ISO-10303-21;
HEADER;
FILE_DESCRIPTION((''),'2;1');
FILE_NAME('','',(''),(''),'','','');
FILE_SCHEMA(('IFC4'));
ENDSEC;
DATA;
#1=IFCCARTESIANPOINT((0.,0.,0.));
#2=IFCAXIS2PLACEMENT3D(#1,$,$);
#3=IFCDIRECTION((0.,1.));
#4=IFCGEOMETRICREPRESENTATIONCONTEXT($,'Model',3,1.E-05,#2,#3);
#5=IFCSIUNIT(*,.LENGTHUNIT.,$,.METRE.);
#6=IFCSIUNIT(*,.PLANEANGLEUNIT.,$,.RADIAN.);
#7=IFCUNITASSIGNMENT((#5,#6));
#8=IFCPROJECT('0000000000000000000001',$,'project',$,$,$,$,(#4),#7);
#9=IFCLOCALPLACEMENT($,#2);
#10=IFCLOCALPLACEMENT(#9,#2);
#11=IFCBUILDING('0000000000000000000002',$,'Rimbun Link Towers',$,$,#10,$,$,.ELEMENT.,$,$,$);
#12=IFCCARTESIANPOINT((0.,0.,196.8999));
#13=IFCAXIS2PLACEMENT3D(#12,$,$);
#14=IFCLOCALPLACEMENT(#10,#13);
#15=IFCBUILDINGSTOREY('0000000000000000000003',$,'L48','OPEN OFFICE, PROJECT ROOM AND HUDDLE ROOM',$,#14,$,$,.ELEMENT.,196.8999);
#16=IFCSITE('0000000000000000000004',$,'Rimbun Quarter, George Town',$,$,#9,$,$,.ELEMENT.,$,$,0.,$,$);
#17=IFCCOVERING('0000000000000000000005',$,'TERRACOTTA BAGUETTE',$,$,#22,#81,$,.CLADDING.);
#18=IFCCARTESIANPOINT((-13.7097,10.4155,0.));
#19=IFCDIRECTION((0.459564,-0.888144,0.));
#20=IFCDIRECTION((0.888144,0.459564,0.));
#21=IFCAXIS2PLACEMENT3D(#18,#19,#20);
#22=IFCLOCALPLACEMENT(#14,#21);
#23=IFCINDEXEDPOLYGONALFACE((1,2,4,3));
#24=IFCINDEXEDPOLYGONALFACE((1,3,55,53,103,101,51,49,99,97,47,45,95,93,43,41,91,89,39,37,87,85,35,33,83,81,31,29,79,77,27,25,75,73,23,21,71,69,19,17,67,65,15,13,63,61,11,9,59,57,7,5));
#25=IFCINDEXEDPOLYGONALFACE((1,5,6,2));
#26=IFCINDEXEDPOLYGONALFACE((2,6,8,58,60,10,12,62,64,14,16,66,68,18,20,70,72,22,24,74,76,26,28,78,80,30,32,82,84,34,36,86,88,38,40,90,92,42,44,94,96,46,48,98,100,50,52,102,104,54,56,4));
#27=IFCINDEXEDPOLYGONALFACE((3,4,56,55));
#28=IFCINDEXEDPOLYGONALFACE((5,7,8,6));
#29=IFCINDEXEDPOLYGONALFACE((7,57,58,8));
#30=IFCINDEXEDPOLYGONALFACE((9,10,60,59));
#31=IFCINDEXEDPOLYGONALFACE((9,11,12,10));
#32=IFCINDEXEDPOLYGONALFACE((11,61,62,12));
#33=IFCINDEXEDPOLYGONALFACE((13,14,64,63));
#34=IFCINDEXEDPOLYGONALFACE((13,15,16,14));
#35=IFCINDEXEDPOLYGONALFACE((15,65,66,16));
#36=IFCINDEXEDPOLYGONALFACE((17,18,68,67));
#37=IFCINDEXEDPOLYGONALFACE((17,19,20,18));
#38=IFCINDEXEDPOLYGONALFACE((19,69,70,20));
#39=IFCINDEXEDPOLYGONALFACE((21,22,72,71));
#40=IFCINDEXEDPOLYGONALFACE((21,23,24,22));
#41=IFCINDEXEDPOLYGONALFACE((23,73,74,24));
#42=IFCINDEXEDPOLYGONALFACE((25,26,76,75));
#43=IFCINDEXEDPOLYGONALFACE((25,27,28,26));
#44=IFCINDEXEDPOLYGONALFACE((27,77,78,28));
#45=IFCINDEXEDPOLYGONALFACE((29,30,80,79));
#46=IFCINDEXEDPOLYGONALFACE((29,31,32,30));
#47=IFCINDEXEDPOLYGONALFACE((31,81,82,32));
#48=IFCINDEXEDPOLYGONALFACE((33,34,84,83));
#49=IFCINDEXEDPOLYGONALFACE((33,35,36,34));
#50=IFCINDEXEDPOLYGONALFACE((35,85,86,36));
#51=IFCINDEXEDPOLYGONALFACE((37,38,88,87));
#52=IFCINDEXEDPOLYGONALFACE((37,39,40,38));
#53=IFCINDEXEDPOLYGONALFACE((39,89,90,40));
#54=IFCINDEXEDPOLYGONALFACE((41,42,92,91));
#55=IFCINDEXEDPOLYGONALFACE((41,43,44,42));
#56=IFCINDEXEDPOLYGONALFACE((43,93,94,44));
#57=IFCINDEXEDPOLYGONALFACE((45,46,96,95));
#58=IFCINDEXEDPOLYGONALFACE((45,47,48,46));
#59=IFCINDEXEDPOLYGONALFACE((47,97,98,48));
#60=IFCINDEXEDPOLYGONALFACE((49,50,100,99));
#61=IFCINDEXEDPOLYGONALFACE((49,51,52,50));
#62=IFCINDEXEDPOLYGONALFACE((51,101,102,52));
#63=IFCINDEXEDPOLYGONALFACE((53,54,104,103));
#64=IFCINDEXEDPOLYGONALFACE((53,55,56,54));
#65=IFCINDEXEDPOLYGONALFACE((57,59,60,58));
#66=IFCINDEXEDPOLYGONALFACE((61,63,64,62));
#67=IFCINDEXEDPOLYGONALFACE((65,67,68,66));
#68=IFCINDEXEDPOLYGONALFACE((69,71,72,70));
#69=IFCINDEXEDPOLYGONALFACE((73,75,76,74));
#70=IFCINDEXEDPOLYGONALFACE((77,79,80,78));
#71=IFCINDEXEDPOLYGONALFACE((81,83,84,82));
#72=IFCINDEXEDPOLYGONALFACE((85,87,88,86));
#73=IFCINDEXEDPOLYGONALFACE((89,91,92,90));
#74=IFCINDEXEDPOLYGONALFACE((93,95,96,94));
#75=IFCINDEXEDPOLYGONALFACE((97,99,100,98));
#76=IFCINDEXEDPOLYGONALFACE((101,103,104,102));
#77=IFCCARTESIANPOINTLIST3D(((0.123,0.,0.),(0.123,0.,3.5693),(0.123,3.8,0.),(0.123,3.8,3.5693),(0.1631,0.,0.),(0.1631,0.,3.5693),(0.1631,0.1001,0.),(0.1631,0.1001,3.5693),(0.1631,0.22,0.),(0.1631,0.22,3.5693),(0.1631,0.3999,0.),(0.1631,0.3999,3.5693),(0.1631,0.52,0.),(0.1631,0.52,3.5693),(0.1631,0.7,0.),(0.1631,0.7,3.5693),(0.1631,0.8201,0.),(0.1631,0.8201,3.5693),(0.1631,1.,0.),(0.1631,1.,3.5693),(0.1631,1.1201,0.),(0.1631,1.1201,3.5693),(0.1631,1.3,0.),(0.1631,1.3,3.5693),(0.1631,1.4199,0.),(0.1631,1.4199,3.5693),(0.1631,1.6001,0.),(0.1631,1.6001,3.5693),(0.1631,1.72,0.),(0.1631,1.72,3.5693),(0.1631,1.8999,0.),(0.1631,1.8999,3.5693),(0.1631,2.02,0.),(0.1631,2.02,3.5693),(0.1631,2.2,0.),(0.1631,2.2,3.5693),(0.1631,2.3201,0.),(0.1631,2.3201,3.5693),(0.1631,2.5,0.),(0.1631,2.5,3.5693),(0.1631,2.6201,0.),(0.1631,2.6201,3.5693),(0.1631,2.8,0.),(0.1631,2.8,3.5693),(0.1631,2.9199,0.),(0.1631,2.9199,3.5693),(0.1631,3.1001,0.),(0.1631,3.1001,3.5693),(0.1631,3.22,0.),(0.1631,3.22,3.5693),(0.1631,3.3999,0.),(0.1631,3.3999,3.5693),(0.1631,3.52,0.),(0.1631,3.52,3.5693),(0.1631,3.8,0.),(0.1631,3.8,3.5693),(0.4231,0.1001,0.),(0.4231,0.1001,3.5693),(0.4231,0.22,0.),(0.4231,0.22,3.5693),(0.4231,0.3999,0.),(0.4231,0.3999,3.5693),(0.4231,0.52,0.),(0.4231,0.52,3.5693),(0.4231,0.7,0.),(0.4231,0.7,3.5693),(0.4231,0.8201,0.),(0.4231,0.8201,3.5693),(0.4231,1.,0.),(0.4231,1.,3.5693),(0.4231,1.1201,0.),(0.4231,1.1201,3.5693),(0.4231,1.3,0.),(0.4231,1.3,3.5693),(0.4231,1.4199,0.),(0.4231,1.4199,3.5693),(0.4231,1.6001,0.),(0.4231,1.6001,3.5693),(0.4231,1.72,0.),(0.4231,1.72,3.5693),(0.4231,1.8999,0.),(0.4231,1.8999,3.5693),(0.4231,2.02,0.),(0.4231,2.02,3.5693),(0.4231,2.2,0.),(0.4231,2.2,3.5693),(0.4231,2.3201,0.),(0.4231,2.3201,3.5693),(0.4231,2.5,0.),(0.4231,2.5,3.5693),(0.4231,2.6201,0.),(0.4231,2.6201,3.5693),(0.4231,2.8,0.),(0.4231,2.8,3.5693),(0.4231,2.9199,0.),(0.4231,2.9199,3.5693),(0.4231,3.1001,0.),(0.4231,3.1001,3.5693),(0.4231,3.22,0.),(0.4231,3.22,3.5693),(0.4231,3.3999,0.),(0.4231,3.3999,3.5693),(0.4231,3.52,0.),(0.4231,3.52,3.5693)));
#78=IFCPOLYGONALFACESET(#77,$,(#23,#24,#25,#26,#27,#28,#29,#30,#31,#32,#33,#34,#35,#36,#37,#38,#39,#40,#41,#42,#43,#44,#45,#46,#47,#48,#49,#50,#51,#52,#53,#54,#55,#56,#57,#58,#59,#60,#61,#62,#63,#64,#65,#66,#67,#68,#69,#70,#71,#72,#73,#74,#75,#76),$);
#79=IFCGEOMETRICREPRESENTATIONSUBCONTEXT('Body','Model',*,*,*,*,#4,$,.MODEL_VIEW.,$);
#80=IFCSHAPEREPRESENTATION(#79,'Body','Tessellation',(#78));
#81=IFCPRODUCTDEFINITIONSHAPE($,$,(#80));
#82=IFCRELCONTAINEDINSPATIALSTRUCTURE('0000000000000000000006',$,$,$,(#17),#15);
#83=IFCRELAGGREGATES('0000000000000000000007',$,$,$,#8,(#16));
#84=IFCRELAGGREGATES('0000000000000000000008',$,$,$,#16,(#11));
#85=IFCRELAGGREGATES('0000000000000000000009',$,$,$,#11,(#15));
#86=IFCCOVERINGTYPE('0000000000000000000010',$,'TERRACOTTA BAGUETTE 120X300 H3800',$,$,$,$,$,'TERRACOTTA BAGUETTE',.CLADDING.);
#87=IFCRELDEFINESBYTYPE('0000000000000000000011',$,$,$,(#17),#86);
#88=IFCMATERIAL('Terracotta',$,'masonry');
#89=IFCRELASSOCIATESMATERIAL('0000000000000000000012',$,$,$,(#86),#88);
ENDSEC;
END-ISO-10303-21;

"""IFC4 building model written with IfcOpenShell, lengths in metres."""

from ifc_helpers import new_model, si_unit, direction, frame, origin, place, context, subcontext, project, spatial, polyline, outline, extrude, material, material_profile, profile_set, type_object, element, save


model = new_model("IFC4")

# Units and contexts
model_context = context("Model", 3, precision=1e-05, world=origin(), true_north=direction((0.0, 1.0)))
body_context = subcontext(model_context, "Body", "Model", "MODEL_VIEW")
ifc_project = project(units=[si_unit("LENGTHUNIT", "METRE"), si_unit("PLANEANGLEUNIT", "RADIAN")], contexts=[model_context])

# Site, building, storey
site_placement = place(None, origin())
site = spatial("IfcSite", under=ifc_project, at=site_placement, Name="Rimbun Quarter, George Town", CompositionType="ELEMENT", RefElevation=0.0)
building_placement = place(site_placement, origin())
building = spatial("IfcBuilding", under=site, at=building_placement, Name="Rimbun Link Towers", CompositionType="ELEMENT")
storey_placement = place(building_placement, frame((0.0, 0.0, 196.8999)))
storey = spatial("IfcBuildingStorey", under=building, at=storey_placement, Name="L48", Description="OPEN OFFICE, PROJECT ROOM AND HUDDLE ROOM", CompositionType="ELEMENT", Elevation=196.8999)

# Covering
ifc_material_1 = material(Name="Terracotta", Category="masonry")
ifc_material_profile_1 = material_profile(ifc_material_1, outline(polyline([(0.123, 0.0), (0.1631, 0.0), (0.1631, 0.1001), (0.4231, 0.1001), (0.4231, 0.22), (0.1631, 0.22), (0.1631, 0.3999), (0.4231, 0.3999), (0.4231, 0.52), (0.1631, 0.52), (0.1631, 0.7), (0.4231, 0.7), (0.4231, 0.8201), (0.1631, 0.8201), (0.1631, 1.0), (0.4231, 1.0), (0.4231, 1.1201), (0.1631, 1.1201), (0.1631, 1.3), (0.4231, 1.3), (0.4231, 1.4199), (0.1631, 1.4199), (0.1631, 1.6001), (0.4231, 1.6001), (0.4231, 1.72), (0.1631, 1.72), (0.1631, 1.8999), (0.4231, 1.8999), (0.4231, 2.02), (0.1631, 2.02), (0.1631, 2.2), (0.4231, 2.2), (0.4231, 2.3201), (0.1631, 2.3201), (0.1631, 2.5), (0.4231, 2.5), (0.4231, 2.6201), (0.1631, 2.6201), (0.1631, 2.8), (0.4231, 2.8), (0.4231, 2.9199), (0.1631, 2.9199), (0.1631, 3.1001), (0.4231, 3.1001), (0.4231, 3.22), (0.1631, 3.22), (0.1631, 3.3999), (0.4231, 3.3999), (0.4231, 3.52), (0.1631, 3.52), (0.1631, 3.8), (0.123, 3.8), (0.123, 0.0)])), Name="BAGUETTE 120X300")
ifc_profile_set_1 = profile_set([ifc_material_profile_1], Name="Terracotta")
covering_type = type_object("IfcCoveringType", Name="TERRACOTTA BAGUETTE 120X300 H3800", ElementType="TERRACOTTA BAGUETTE", PredefinedType="CLADDING", material=ifc_profile_set_1)
covering_1_placement = place(storey_placement, frame((-13.7097, 10.4155, 0.0), z_axis=(0.459564, -0.888144, 0.0), x_axis=(0.888144, 0.459564, 0.0)))
element("IfcCovering", 1, at=covering_1_placement, inside=storey, type_object=covering_type, Name="TERRACOTTA BAGUETTE", PredefinedType="CLADDING", context=body_context, shape_type="SweptSolid", body=[
    extrude(outline(polyline([(0.123, 0.0), (0.1631, 0.0), (0.1631, 0.1001), (0.4231, 0.1001), (0.4231, 0.22), (0.1631, 0.22), (0.1631, 0.3999), (0.4231, 0.3999), (0.4231, 0.52), (0.1631, 0.52), (0.1631, 0.7), (0.4231, 0.7), (0.4231, 0.8201), (0.1631, 0.8201), (0.1631, 1.0), (0.4231, 1.0), (0.4231, 1.1201), (0.1631, 1.1201), (0.1631, 1.3), (0.4231, 1.3), (0.4231, 1.4199), (0.1631, 1.4199), (0.1631, 1.6001), (0.4231, 1.6001), (0.4231, 1.72), (0.1631, 1.72), (0.1631, 1.8999), (0.4231, 1.8999), (0.4231, 2.02), (0.1631, 2.02), (0.1631, 2.2), (0.4231, 2.2), (0.4231, 2.3201), (0.1631, 2.3201), (0.1631, 2.5), (0.4231, 2.5), (0.4231, 2.6201), (0.1631, 2.6201), (0.1631, 2.8), (0.4231, 2.8), (0.4231, 2.9199), (0.1631, 2.9199), (0.1631, 3.1001), (0.4231, 3.1001), (0.4231, 3.22), (0.1631, 3.22), (0.1631, 3.3999), (0.4231, 3.3999), (0.4231, 3.52), (0.1631, 3.52), (0.1631, 3.8), (0.123, 3.8), (0.123, 0.0)])), origin(), (0.0, 0.0, 1.0), 3.5693),
])

save(model, "model.ifc")
